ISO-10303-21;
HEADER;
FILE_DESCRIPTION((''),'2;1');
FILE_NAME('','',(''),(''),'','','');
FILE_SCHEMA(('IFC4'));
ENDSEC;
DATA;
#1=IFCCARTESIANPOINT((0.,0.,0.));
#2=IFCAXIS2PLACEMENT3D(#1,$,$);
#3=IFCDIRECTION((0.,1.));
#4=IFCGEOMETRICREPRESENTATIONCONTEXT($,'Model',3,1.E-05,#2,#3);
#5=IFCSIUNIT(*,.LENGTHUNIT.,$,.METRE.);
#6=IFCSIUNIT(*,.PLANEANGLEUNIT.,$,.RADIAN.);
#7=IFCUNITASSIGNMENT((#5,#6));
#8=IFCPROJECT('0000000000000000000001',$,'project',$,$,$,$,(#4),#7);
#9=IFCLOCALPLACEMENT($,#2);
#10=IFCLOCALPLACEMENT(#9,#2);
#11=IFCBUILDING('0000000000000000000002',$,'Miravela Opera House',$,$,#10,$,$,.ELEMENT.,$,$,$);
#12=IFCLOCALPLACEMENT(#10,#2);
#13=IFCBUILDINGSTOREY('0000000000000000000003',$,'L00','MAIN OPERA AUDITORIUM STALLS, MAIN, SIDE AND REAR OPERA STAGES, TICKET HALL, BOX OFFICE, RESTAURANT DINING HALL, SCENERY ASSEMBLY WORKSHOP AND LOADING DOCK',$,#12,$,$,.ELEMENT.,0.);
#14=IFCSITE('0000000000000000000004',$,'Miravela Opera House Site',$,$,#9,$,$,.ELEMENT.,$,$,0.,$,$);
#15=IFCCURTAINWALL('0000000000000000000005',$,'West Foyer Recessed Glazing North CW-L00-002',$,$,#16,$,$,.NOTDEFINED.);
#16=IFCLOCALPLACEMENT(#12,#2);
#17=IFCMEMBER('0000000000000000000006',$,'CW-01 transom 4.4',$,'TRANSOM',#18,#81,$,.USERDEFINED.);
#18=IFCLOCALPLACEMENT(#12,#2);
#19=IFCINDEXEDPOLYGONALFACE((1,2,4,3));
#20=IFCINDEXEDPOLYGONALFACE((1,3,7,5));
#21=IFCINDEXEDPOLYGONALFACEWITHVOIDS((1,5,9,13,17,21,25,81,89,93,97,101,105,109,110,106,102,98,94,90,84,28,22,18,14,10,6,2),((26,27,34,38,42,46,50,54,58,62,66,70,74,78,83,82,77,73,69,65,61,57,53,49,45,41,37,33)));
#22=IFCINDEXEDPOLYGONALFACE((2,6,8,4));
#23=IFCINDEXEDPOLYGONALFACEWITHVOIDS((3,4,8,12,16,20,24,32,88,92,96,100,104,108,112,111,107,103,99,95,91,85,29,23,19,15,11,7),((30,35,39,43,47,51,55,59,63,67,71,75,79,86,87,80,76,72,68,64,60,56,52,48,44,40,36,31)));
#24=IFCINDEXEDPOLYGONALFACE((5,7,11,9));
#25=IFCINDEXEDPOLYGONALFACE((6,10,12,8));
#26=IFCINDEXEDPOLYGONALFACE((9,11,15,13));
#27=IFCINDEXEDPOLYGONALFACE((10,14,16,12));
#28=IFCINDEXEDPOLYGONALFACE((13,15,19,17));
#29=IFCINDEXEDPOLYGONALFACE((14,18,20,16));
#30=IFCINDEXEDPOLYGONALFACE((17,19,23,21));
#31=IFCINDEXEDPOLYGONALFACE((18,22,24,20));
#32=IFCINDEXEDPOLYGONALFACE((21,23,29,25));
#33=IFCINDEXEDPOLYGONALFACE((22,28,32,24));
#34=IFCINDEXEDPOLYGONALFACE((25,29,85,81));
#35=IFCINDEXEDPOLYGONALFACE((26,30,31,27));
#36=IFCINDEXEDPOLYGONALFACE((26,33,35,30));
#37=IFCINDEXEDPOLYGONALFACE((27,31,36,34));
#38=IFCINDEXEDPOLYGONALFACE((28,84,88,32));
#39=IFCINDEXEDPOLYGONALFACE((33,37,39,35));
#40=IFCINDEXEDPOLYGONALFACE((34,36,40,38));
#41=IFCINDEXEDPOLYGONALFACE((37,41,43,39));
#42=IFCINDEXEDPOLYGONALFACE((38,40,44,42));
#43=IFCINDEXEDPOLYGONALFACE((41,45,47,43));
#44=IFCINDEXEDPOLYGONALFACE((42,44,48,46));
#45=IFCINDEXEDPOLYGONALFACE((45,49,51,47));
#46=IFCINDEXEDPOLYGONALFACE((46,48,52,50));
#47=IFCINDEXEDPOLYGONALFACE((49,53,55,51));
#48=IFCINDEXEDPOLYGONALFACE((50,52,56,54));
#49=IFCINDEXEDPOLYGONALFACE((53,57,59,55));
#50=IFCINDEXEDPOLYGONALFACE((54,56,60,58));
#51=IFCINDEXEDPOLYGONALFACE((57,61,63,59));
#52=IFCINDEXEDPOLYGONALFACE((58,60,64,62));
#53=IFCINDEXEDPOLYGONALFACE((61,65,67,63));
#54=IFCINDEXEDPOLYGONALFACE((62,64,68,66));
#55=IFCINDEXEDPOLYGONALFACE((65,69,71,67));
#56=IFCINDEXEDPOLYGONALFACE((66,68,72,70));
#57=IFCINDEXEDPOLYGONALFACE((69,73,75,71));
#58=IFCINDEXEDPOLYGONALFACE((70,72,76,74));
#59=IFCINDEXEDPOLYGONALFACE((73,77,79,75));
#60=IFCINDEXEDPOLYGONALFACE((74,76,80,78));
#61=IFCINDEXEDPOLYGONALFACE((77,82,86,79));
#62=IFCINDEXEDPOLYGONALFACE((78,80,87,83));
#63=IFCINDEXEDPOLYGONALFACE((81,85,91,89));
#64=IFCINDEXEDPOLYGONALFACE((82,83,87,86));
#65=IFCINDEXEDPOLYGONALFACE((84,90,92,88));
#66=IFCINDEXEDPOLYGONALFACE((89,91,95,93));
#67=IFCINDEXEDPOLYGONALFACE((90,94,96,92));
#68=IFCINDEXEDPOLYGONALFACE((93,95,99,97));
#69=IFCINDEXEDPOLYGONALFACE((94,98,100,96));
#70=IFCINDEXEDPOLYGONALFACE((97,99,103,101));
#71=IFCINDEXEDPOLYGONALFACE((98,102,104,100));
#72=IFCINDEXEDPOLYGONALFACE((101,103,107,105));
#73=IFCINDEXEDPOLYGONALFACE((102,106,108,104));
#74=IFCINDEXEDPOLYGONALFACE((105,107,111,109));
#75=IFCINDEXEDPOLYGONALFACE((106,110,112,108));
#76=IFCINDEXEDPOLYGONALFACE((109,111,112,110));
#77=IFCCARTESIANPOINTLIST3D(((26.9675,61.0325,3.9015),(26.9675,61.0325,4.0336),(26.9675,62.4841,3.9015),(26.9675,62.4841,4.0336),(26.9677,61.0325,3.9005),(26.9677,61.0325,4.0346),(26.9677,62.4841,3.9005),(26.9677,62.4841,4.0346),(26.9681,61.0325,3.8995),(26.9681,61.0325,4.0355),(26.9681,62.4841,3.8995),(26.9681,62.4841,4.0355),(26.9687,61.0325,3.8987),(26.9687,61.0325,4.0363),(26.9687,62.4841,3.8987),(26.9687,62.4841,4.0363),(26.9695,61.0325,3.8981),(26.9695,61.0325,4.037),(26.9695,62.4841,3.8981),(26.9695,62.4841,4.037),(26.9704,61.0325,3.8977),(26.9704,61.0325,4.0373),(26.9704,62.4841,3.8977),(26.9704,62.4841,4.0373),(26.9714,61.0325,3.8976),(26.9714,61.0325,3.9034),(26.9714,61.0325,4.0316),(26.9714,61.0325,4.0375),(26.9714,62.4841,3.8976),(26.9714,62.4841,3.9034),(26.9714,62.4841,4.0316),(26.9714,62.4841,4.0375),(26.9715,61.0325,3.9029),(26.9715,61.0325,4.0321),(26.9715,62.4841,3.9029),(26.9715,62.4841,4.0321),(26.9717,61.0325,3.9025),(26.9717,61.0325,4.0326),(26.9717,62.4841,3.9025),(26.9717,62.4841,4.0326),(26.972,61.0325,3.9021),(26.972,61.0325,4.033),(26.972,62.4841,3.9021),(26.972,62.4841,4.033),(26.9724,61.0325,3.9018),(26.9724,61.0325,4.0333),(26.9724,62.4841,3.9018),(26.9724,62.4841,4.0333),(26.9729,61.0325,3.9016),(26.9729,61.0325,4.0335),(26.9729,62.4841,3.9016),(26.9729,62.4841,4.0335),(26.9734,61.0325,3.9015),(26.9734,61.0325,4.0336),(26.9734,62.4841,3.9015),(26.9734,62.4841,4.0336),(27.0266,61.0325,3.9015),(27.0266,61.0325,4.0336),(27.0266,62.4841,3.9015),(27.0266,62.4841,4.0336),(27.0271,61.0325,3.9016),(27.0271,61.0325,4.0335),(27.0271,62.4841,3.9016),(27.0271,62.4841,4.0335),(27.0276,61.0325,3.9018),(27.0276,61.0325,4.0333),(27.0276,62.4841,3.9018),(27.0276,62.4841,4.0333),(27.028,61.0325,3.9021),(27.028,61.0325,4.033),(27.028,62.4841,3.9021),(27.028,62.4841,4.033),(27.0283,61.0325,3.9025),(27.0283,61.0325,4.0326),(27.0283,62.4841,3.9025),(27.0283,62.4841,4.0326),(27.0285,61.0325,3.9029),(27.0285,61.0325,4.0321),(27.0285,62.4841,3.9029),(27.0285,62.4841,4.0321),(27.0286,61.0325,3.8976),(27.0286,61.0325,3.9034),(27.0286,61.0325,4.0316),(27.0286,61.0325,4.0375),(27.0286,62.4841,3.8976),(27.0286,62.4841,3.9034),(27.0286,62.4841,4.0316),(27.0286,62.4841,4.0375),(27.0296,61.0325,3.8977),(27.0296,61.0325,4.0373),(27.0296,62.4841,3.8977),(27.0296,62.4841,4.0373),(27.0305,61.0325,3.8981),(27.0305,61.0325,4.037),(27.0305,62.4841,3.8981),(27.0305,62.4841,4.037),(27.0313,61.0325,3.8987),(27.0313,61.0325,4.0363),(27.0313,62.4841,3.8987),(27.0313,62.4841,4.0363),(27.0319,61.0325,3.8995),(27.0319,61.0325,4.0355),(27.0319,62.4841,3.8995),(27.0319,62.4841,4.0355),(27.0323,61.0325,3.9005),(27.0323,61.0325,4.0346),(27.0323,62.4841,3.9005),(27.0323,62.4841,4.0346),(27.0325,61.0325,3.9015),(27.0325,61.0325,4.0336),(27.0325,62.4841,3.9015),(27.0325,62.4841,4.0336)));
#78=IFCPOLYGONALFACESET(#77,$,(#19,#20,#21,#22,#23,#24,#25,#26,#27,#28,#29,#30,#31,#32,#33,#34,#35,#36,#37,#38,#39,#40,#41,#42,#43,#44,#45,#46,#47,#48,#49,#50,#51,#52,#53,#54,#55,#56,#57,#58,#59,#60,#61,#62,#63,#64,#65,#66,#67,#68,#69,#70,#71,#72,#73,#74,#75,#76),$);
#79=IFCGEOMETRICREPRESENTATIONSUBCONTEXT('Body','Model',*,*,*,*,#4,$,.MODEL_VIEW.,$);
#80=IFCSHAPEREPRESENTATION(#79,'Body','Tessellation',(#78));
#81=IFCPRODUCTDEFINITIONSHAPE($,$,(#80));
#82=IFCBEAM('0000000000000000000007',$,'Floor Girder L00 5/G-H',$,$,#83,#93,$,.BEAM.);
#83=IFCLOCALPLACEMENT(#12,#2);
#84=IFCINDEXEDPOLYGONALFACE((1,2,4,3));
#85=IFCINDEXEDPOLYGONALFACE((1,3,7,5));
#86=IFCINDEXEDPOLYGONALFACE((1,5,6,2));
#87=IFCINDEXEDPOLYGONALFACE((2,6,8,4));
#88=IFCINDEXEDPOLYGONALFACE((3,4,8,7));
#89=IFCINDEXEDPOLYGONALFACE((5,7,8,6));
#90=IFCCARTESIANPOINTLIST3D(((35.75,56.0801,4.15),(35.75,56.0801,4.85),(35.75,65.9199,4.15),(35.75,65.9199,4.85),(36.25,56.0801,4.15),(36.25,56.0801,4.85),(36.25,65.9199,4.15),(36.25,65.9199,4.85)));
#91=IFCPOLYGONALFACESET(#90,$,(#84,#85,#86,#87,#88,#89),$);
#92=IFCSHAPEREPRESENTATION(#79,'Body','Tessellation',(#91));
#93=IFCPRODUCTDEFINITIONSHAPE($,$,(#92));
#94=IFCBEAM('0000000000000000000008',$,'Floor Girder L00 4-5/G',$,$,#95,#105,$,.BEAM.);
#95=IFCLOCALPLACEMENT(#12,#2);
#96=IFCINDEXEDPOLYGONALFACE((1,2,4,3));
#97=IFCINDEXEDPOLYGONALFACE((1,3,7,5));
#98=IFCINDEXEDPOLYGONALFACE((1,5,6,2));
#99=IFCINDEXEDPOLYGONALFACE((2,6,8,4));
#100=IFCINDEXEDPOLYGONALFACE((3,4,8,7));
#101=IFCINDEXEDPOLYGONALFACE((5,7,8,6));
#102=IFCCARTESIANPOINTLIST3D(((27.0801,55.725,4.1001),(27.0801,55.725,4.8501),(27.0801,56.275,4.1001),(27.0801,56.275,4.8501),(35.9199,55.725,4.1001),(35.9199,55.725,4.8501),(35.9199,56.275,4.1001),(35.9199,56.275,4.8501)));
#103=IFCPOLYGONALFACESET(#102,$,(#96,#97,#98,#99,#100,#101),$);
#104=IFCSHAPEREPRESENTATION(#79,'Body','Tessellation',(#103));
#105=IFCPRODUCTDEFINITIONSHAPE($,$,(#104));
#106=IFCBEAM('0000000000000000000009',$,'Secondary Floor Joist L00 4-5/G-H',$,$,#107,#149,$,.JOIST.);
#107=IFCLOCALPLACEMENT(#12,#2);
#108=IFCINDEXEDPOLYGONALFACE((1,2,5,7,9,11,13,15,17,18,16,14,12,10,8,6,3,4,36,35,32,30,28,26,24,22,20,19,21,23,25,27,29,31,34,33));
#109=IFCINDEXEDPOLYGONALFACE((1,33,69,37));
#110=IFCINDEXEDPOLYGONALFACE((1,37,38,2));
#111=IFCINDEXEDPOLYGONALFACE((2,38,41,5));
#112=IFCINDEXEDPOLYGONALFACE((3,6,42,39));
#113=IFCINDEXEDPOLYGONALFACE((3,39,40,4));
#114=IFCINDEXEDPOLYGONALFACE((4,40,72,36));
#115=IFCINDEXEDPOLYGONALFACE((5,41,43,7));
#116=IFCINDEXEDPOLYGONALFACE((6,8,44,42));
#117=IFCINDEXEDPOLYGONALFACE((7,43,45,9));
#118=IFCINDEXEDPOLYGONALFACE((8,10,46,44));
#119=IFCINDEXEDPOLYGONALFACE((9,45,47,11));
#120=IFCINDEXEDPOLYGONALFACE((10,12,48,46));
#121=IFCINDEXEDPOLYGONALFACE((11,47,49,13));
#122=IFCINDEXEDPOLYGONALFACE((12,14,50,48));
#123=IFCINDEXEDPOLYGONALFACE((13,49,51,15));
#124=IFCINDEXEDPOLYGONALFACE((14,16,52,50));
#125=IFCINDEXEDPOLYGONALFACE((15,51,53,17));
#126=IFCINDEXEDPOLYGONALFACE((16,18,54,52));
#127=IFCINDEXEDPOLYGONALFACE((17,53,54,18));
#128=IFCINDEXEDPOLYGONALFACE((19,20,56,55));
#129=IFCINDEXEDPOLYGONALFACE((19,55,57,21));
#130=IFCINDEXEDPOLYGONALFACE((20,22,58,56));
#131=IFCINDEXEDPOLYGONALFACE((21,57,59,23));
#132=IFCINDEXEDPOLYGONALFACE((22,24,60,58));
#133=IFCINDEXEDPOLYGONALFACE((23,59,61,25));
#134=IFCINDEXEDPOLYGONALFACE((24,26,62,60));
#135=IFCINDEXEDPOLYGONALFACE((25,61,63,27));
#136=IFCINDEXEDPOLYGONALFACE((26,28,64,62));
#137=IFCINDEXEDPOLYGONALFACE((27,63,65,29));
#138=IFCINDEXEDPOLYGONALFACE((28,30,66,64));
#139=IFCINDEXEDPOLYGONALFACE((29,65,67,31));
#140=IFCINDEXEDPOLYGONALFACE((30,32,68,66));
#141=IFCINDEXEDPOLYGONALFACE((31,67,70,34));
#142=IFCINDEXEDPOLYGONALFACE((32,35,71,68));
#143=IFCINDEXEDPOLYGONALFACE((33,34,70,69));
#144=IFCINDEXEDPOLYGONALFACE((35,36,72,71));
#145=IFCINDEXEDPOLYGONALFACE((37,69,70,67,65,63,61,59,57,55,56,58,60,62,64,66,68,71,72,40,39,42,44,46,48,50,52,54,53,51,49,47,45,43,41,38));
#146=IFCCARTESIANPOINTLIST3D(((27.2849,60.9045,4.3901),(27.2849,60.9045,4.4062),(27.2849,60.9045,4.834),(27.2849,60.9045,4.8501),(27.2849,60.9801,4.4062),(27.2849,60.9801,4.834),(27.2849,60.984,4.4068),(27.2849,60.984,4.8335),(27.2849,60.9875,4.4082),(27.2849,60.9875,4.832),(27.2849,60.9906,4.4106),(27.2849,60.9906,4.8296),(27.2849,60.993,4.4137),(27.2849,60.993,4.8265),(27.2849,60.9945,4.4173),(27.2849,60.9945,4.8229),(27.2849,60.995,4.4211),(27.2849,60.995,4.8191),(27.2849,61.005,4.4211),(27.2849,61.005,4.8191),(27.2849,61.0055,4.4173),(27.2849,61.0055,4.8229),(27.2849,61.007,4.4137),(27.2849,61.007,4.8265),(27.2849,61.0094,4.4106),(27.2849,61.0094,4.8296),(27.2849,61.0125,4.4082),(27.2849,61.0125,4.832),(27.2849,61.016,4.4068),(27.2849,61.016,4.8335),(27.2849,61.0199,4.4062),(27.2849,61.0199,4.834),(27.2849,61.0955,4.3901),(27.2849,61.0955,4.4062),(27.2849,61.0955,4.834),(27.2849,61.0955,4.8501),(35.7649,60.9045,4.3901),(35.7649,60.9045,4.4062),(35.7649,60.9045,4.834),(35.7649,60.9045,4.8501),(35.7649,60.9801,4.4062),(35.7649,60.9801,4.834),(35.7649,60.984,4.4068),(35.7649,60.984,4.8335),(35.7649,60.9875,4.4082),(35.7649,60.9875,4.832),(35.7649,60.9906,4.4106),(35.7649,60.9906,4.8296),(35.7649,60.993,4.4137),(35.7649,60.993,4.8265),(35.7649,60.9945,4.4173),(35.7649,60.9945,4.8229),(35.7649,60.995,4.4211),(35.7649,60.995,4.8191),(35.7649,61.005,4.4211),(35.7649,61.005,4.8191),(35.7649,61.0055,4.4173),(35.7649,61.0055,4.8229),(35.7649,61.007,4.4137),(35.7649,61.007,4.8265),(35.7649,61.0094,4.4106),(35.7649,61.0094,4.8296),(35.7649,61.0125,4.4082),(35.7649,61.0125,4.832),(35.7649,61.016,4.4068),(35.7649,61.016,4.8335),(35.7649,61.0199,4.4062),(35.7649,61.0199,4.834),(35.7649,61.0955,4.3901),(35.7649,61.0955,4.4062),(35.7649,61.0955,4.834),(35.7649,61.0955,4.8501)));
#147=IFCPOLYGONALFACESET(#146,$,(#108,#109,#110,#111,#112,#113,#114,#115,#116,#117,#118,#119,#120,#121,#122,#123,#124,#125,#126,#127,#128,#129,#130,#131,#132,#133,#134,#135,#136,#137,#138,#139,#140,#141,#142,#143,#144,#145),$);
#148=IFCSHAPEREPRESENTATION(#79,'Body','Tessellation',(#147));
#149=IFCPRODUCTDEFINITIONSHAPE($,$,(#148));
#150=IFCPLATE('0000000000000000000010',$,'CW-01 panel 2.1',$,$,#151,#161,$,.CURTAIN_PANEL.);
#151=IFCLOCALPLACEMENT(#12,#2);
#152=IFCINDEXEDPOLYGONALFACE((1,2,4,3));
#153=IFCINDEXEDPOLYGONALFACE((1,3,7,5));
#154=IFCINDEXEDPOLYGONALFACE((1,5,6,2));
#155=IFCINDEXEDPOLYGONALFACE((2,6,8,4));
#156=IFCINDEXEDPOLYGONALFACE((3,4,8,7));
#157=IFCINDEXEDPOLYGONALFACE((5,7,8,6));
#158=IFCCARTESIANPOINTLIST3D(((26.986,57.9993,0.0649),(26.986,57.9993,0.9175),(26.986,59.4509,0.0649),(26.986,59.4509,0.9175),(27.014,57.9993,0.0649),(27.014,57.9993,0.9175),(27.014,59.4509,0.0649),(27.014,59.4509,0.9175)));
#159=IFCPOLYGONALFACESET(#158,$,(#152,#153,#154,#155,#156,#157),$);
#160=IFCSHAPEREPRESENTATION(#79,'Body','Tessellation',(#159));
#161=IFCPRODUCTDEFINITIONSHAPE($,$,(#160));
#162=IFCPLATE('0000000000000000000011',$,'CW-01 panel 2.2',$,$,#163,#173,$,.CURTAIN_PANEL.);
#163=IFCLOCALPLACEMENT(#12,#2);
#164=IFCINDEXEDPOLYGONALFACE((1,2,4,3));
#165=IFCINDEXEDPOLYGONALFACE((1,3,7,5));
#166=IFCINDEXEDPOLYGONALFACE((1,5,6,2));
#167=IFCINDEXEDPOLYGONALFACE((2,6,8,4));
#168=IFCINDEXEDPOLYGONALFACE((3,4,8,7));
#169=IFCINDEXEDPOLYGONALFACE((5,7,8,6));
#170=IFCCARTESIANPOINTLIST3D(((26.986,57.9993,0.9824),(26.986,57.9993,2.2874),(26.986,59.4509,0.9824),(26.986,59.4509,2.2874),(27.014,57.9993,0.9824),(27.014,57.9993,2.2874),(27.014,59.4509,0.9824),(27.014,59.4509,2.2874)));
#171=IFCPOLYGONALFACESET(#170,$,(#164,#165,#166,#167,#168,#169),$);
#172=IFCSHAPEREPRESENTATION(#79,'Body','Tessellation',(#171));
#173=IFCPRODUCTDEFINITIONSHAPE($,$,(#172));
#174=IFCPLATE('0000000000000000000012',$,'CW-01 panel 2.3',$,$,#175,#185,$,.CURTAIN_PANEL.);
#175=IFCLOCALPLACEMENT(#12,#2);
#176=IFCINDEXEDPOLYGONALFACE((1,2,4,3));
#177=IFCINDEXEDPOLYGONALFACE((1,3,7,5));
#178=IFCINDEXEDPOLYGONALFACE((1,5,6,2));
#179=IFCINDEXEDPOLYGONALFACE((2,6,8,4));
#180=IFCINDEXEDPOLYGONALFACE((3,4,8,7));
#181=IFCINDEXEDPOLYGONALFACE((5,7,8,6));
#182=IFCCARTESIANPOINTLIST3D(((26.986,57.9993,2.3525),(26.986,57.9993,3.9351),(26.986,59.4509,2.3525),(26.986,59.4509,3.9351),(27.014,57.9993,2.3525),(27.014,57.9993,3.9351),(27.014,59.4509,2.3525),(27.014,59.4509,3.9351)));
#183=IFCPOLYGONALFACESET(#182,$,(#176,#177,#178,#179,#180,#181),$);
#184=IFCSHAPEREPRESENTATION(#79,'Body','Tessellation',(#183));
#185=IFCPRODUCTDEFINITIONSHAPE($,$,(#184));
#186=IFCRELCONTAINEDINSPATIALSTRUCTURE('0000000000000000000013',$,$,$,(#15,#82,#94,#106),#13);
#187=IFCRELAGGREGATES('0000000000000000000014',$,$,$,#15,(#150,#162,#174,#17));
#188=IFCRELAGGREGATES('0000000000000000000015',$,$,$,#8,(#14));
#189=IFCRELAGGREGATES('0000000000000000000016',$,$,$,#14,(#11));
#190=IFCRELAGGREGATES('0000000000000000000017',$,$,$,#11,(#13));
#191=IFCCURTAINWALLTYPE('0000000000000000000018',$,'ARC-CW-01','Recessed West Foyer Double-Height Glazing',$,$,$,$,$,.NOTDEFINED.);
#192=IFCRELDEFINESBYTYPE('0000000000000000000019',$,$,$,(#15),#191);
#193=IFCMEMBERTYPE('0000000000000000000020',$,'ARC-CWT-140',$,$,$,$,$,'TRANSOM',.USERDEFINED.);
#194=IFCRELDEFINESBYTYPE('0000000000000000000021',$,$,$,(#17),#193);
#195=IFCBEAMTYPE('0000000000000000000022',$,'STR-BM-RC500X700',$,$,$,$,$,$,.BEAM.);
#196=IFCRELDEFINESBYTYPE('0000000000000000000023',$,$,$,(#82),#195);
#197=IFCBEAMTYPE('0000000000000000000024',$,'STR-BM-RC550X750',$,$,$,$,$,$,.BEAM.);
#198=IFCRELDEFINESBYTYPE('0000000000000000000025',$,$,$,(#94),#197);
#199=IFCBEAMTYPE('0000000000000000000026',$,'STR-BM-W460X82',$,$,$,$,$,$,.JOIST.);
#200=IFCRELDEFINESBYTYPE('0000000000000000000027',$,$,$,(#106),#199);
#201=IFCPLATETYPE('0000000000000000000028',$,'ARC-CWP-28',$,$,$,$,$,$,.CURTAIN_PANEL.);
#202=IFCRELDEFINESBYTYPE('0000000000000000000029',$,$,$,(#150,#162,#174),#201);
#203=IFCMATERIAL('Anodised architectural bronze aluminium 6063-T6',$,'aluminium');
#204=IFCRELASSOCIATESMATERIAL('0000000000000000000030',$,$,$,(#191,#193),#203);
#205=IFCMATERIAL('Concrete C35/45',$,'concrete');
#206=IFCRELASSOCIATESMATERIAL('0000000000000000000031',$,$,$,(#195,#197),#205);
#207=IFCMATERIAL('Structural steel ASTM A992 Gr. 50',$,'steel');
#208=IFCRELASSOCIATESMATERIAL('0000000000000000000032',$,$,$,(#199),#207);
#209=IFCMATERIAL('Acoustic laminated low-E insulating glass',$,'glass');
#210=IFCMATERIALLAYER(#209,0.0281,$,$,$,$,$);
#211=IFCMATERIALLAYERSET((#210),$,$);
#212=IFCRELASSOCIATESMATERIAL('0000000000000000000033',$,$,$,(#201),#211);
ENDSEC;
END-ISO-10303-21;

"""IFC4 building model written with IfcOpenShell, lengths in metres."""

from ifc_helpers import new_model, si_unit, direction, frame, origin, origin_2d, place, context, subcontext, project, spatial, rectangle, hollow_rectangle, i_section, extrude, material, layer, layer_set, material_profile, profile_set, type_object, element, aggregate, save


model = new_model("IFC4")

# Units and contexts
model_context = context("Model", 3, precision=1e-05, world=origin(), true_north=direction((0.0, 1.0)))
body_context = subcontext(model_context, "Body", "Model", "MODEL_VIEW")
ifc_project = project(units=[si_unit("LENGTHUNIT", "METRE"), si_unit("PLANEANGLEUNIT", "RADIAN")], contexts=[model_context])

# Site, building, storey
site_placement = place(None, origin())
site = spatial("IfcSite", under=ifc_project, at=site_placement, Name="Miravela Opera House Site", CompositionType="ELEMENT", RefElevation=0.0)
building_placement = place(site_placement, origin())
building = spatial("IfcBuilding", under=site, at=building_placement, Name="Miravela Opera House", CompositionType="ELEMENT")
storey_placement = place(building_placement, origin())
storey = spatial("IfcBuildingStorey", under=building, at=storey_placement, Name="L00", Description="MAIN OPERA AUDITORIUM STALLS, MAIN, SIDE AND REAR OPERA STAGES, TICKET HALL, BOX OFFICE, RESTAURANT DINING HALL, SCENERY ASSEMBLY WORKSHOP AND LOADING DOCK", CompositionType="ELEMENT", Elevation=0.0)

# Curtain wall, member
ifc_material_1 = material(Name="Anodised architectural bronze aluminium 6063-T6", Category="aluminium")
curtain_wall_type = type_object("IfcCurtainWallType", Name="ARC-CW-01", Description="Recessed West Foyer Double-Height Glazing", PredefinedType="NOTDEFINED", material=ifc_material_1)
curtain_wall_placement = place(storey_placement, origin())
curtain_wall = element("IfcCurtainWall", 1, at=curtain_wall_placement, inside=storey, type_object=curtain_wall_type, Name="West Foyer Recessed Glazing North CW-L00-002", PredefinedType="NOTDEFINED")
ifc_material_profile_1 = material_profile(ifc_material_1, hollow_rectangle(XDim=0.0649, YDim=0.1399, WallThickness=0.0039, InnerFilletRadius=0.002, OuterFilletRadius=0.0039, at=origin_2d()), Name="CWT-65X140")
ifc_profile_set_1 = profile_set([ifc_material_profile_1])
member_type_1 = type_object("IfcMemberType", Name="ARC-CWT-140", ElementType="TRANSOM", PredefinedType="USERDEFINED", material=ifc_profile_set_1)
member_1_placement = place(storey_placement, frame((27.0, 61.0325, 3.9675), z_axis=(0.0, 1.0, 0.0), x_axis=(-1.0, 0.0, 0.0)))
member_1 = element("IfcMember", 2, at=member_1_placement, type_object=member_type_1, Name="CW-01 transom 4.4", ObjectType="TRANSOM", PredefinedType="USERDEFINED", context=body_context, shape_type="SweptSolid", body=[
    extrude(hollow_rectangle(XDim=0.0649, YDim=0.1399, WallThickness=0.0039, InnerFilletRadius=0.002, OuterFilletRadius=0.0039, at=origin_2d()), origin(), (0.0, 0.0, 1.0), 1.4517),
])

# Beams
ifc_material_2 = material(Name="Concrete C35/45", Category="concrete")
ifc_material_profile_2 = material_profile(ifc_material_2, rectangle(XDim=0.5, YDim=0.7, at=origin_2d()), Name="RC-BM-500X700")
ifc_profile_set_2 = profile_set([ifc_material_profile_2])
beam_type_1 = type_object("IfcBeamType", Name="STR-BM-RC500X700", PredefinedType="BEAM", material=ifc_profile_set_2)
beam_1_placement = place(storey_placement, frame((36.0, 56.0801, 4.5), z_axis=(0.0, 1.0, 0.0), x_axis=(-1.0, 0.0, 0.0)))
element("IfcBeam", 3, at=beam_1_placement, inside=storey, type_object=beam_type_1, Name="Floor Girder L00 5/G-H", PredefinedType="BEAM", context=body_context, shape_type="SweptSolid", body=[
    extrude(rectangle(XDim=0.5, YDim=0.7, at=origin_2d()), origin(), (0.0, 0.0, 1.0), 9.8398),
])
ifc_material_profile_3 = material_profile(ifc_material_2, rectangle(XDim=0.55, YDim=0.75, at=origin_2d()), Name="RC-BM-550X750")
ifc_profile_set_3 = profile_set([ifc_material_profile_3])
beam_type_2 = type_object("IfcBeamType", Name="STR-BM-RC550X750", PredefinedType="BEAM", material=ifc_profile_set_3)
beam_2_placement = place(storey_placement, frame((27.0801, 56.0, 4.4751), z_axis=(1.0, 0.0, 0.0), x_axis=(0.0, 1.0, 0.0)))
element("IfcBeam", 4, at=beam_2_placement, inside=storey, type_object=beam_type_2, Name="Floor Girder L00 4-5/G", PredefinedType="BEAM", context=body_context, shape_type="SweptSolid", body=[
    extrude(rectangle(XDim=0.55, YDim=0.75, at=origin_2d()), origin(), (0.0, 0.0, 1.0), 8.8398),
])
ifc_material_3 = material(Name="Structural steel ASTM A992 Gr. 50", Category="steel")
ifc_material_profile_4 = material_profile(ifc_material_3, i_section(OverallWidth=0.1909, OverallDepth=0.46, WebThickness=0.01, FlangeThickness=0.0161, FilletRadius=0.0149, at=origin_2d()), Name="W460X82")
ifc_profile_set_4 = profile_set([ifc_material_profile_4])
beam_type_3 = type_object("IfcBeamType", Name="STR-BM-W460X82", PredefinedType="JOIST", material=ifc_profile_set_4)
beam_3_placement = place(storey_placement, frame((27.2849, 61.0, 4.6201), z_axis=(1.0, 0.0, 0.0), x_axis=(0.0, 1.0, 0.0)))
element("IfcBeam", 5, at=beam_3_placement, inside=storey, type_object=beam_type_3, Name="Secondary Floor Joist L00 4-5/G-H", PredefinedType="JOIST", context=body_context, shape_type="SweptSolid", body=[
    extrude(i_section(OverallWidth=0.1909, OverallDepth=0.46, WebThickness=0.01, FlangeThickness=0.0161, FilletRadius=0.0149, at=origin_2d()), origin(), (0.0, 0.0, 1.0), 8.48),
])

# Plates
ifc_material_4 = material(Name="Acoustic laminated low-E insulating glass", Category="glass")
ifc_layer = layer(ifc_material_4, 0.0281)
ifc_layer_set = layer_set([ifc_layer])
plate_type = type_object("IfcPlateType", Name="ARC-CWP-28", PredefinedType="CURTAIN_PANEL", material=ifc_layer_set)
plate_1_placement = place(storey_placement, frame((27.0, 58.7251, 0.0649), z_axis=(0.0, 0.0, 1.0), x_axis=(0.0, 1.0, 0.0)))
plate_1 = element("IfcPlate", 6, at=plate_1_placement, type_object=plate_type, Name="CW-01 panel 2.1", PredefinedType="CURTAIN_PANEL", context=body_context, shape_type="SweptSolid", body=[
    extrude(rectangle(XDim=1.4517, YDim=0.0281, at=origin_2d()), origin(), (0.0, 0.0, 1.0), 0.8525),
])
plate_2_placement = place(storey_placement, frame((27.0, 58.7251, 0.9824), z_axis=(0.0, 0.0, 1.0), x_axis=(0.0, 1.0, 0.0)))
plate_2 = element("IfcPlate", 7, at=plate_2_placement, type_object=plate_type, Name="CW-01 panel 2.2", PredefinedType="CURTAIN_PANEL", context=body_context, shape_type="SweptSolid", body=[
    extrude(rectangle(XDim=1.4517, YDim=0.0281, at=origin_2d()), origin(), (0.0, 0.0, 1.0), 1.3049),
])
plate_3_placement = place(storey_placement, frame((27.0, 58.7251, 2.3525), z_axis=(0.0, 0.0, 1.0), x_axis=(0.0, 1.0, 0.0)))
plate_3 = element("IfcPlate", 8, at=plate_3_placement, type_object=plate_type, Name="CW-01 panel 2.3", PredefinedType="CURTAIN_PANEL", context=body_context, shape_type="SweptSolid", body=[
    extrude(rectangle(XDim=1.4517, YDim=0.0281, at=origin_2d()), origin(), (0.0, 0.0, 1.0), 1.5825),
])
aggregate(curtain_wall, [plate_1, plate_2, plate_3, member_1])

save(model, "model.ifc")
